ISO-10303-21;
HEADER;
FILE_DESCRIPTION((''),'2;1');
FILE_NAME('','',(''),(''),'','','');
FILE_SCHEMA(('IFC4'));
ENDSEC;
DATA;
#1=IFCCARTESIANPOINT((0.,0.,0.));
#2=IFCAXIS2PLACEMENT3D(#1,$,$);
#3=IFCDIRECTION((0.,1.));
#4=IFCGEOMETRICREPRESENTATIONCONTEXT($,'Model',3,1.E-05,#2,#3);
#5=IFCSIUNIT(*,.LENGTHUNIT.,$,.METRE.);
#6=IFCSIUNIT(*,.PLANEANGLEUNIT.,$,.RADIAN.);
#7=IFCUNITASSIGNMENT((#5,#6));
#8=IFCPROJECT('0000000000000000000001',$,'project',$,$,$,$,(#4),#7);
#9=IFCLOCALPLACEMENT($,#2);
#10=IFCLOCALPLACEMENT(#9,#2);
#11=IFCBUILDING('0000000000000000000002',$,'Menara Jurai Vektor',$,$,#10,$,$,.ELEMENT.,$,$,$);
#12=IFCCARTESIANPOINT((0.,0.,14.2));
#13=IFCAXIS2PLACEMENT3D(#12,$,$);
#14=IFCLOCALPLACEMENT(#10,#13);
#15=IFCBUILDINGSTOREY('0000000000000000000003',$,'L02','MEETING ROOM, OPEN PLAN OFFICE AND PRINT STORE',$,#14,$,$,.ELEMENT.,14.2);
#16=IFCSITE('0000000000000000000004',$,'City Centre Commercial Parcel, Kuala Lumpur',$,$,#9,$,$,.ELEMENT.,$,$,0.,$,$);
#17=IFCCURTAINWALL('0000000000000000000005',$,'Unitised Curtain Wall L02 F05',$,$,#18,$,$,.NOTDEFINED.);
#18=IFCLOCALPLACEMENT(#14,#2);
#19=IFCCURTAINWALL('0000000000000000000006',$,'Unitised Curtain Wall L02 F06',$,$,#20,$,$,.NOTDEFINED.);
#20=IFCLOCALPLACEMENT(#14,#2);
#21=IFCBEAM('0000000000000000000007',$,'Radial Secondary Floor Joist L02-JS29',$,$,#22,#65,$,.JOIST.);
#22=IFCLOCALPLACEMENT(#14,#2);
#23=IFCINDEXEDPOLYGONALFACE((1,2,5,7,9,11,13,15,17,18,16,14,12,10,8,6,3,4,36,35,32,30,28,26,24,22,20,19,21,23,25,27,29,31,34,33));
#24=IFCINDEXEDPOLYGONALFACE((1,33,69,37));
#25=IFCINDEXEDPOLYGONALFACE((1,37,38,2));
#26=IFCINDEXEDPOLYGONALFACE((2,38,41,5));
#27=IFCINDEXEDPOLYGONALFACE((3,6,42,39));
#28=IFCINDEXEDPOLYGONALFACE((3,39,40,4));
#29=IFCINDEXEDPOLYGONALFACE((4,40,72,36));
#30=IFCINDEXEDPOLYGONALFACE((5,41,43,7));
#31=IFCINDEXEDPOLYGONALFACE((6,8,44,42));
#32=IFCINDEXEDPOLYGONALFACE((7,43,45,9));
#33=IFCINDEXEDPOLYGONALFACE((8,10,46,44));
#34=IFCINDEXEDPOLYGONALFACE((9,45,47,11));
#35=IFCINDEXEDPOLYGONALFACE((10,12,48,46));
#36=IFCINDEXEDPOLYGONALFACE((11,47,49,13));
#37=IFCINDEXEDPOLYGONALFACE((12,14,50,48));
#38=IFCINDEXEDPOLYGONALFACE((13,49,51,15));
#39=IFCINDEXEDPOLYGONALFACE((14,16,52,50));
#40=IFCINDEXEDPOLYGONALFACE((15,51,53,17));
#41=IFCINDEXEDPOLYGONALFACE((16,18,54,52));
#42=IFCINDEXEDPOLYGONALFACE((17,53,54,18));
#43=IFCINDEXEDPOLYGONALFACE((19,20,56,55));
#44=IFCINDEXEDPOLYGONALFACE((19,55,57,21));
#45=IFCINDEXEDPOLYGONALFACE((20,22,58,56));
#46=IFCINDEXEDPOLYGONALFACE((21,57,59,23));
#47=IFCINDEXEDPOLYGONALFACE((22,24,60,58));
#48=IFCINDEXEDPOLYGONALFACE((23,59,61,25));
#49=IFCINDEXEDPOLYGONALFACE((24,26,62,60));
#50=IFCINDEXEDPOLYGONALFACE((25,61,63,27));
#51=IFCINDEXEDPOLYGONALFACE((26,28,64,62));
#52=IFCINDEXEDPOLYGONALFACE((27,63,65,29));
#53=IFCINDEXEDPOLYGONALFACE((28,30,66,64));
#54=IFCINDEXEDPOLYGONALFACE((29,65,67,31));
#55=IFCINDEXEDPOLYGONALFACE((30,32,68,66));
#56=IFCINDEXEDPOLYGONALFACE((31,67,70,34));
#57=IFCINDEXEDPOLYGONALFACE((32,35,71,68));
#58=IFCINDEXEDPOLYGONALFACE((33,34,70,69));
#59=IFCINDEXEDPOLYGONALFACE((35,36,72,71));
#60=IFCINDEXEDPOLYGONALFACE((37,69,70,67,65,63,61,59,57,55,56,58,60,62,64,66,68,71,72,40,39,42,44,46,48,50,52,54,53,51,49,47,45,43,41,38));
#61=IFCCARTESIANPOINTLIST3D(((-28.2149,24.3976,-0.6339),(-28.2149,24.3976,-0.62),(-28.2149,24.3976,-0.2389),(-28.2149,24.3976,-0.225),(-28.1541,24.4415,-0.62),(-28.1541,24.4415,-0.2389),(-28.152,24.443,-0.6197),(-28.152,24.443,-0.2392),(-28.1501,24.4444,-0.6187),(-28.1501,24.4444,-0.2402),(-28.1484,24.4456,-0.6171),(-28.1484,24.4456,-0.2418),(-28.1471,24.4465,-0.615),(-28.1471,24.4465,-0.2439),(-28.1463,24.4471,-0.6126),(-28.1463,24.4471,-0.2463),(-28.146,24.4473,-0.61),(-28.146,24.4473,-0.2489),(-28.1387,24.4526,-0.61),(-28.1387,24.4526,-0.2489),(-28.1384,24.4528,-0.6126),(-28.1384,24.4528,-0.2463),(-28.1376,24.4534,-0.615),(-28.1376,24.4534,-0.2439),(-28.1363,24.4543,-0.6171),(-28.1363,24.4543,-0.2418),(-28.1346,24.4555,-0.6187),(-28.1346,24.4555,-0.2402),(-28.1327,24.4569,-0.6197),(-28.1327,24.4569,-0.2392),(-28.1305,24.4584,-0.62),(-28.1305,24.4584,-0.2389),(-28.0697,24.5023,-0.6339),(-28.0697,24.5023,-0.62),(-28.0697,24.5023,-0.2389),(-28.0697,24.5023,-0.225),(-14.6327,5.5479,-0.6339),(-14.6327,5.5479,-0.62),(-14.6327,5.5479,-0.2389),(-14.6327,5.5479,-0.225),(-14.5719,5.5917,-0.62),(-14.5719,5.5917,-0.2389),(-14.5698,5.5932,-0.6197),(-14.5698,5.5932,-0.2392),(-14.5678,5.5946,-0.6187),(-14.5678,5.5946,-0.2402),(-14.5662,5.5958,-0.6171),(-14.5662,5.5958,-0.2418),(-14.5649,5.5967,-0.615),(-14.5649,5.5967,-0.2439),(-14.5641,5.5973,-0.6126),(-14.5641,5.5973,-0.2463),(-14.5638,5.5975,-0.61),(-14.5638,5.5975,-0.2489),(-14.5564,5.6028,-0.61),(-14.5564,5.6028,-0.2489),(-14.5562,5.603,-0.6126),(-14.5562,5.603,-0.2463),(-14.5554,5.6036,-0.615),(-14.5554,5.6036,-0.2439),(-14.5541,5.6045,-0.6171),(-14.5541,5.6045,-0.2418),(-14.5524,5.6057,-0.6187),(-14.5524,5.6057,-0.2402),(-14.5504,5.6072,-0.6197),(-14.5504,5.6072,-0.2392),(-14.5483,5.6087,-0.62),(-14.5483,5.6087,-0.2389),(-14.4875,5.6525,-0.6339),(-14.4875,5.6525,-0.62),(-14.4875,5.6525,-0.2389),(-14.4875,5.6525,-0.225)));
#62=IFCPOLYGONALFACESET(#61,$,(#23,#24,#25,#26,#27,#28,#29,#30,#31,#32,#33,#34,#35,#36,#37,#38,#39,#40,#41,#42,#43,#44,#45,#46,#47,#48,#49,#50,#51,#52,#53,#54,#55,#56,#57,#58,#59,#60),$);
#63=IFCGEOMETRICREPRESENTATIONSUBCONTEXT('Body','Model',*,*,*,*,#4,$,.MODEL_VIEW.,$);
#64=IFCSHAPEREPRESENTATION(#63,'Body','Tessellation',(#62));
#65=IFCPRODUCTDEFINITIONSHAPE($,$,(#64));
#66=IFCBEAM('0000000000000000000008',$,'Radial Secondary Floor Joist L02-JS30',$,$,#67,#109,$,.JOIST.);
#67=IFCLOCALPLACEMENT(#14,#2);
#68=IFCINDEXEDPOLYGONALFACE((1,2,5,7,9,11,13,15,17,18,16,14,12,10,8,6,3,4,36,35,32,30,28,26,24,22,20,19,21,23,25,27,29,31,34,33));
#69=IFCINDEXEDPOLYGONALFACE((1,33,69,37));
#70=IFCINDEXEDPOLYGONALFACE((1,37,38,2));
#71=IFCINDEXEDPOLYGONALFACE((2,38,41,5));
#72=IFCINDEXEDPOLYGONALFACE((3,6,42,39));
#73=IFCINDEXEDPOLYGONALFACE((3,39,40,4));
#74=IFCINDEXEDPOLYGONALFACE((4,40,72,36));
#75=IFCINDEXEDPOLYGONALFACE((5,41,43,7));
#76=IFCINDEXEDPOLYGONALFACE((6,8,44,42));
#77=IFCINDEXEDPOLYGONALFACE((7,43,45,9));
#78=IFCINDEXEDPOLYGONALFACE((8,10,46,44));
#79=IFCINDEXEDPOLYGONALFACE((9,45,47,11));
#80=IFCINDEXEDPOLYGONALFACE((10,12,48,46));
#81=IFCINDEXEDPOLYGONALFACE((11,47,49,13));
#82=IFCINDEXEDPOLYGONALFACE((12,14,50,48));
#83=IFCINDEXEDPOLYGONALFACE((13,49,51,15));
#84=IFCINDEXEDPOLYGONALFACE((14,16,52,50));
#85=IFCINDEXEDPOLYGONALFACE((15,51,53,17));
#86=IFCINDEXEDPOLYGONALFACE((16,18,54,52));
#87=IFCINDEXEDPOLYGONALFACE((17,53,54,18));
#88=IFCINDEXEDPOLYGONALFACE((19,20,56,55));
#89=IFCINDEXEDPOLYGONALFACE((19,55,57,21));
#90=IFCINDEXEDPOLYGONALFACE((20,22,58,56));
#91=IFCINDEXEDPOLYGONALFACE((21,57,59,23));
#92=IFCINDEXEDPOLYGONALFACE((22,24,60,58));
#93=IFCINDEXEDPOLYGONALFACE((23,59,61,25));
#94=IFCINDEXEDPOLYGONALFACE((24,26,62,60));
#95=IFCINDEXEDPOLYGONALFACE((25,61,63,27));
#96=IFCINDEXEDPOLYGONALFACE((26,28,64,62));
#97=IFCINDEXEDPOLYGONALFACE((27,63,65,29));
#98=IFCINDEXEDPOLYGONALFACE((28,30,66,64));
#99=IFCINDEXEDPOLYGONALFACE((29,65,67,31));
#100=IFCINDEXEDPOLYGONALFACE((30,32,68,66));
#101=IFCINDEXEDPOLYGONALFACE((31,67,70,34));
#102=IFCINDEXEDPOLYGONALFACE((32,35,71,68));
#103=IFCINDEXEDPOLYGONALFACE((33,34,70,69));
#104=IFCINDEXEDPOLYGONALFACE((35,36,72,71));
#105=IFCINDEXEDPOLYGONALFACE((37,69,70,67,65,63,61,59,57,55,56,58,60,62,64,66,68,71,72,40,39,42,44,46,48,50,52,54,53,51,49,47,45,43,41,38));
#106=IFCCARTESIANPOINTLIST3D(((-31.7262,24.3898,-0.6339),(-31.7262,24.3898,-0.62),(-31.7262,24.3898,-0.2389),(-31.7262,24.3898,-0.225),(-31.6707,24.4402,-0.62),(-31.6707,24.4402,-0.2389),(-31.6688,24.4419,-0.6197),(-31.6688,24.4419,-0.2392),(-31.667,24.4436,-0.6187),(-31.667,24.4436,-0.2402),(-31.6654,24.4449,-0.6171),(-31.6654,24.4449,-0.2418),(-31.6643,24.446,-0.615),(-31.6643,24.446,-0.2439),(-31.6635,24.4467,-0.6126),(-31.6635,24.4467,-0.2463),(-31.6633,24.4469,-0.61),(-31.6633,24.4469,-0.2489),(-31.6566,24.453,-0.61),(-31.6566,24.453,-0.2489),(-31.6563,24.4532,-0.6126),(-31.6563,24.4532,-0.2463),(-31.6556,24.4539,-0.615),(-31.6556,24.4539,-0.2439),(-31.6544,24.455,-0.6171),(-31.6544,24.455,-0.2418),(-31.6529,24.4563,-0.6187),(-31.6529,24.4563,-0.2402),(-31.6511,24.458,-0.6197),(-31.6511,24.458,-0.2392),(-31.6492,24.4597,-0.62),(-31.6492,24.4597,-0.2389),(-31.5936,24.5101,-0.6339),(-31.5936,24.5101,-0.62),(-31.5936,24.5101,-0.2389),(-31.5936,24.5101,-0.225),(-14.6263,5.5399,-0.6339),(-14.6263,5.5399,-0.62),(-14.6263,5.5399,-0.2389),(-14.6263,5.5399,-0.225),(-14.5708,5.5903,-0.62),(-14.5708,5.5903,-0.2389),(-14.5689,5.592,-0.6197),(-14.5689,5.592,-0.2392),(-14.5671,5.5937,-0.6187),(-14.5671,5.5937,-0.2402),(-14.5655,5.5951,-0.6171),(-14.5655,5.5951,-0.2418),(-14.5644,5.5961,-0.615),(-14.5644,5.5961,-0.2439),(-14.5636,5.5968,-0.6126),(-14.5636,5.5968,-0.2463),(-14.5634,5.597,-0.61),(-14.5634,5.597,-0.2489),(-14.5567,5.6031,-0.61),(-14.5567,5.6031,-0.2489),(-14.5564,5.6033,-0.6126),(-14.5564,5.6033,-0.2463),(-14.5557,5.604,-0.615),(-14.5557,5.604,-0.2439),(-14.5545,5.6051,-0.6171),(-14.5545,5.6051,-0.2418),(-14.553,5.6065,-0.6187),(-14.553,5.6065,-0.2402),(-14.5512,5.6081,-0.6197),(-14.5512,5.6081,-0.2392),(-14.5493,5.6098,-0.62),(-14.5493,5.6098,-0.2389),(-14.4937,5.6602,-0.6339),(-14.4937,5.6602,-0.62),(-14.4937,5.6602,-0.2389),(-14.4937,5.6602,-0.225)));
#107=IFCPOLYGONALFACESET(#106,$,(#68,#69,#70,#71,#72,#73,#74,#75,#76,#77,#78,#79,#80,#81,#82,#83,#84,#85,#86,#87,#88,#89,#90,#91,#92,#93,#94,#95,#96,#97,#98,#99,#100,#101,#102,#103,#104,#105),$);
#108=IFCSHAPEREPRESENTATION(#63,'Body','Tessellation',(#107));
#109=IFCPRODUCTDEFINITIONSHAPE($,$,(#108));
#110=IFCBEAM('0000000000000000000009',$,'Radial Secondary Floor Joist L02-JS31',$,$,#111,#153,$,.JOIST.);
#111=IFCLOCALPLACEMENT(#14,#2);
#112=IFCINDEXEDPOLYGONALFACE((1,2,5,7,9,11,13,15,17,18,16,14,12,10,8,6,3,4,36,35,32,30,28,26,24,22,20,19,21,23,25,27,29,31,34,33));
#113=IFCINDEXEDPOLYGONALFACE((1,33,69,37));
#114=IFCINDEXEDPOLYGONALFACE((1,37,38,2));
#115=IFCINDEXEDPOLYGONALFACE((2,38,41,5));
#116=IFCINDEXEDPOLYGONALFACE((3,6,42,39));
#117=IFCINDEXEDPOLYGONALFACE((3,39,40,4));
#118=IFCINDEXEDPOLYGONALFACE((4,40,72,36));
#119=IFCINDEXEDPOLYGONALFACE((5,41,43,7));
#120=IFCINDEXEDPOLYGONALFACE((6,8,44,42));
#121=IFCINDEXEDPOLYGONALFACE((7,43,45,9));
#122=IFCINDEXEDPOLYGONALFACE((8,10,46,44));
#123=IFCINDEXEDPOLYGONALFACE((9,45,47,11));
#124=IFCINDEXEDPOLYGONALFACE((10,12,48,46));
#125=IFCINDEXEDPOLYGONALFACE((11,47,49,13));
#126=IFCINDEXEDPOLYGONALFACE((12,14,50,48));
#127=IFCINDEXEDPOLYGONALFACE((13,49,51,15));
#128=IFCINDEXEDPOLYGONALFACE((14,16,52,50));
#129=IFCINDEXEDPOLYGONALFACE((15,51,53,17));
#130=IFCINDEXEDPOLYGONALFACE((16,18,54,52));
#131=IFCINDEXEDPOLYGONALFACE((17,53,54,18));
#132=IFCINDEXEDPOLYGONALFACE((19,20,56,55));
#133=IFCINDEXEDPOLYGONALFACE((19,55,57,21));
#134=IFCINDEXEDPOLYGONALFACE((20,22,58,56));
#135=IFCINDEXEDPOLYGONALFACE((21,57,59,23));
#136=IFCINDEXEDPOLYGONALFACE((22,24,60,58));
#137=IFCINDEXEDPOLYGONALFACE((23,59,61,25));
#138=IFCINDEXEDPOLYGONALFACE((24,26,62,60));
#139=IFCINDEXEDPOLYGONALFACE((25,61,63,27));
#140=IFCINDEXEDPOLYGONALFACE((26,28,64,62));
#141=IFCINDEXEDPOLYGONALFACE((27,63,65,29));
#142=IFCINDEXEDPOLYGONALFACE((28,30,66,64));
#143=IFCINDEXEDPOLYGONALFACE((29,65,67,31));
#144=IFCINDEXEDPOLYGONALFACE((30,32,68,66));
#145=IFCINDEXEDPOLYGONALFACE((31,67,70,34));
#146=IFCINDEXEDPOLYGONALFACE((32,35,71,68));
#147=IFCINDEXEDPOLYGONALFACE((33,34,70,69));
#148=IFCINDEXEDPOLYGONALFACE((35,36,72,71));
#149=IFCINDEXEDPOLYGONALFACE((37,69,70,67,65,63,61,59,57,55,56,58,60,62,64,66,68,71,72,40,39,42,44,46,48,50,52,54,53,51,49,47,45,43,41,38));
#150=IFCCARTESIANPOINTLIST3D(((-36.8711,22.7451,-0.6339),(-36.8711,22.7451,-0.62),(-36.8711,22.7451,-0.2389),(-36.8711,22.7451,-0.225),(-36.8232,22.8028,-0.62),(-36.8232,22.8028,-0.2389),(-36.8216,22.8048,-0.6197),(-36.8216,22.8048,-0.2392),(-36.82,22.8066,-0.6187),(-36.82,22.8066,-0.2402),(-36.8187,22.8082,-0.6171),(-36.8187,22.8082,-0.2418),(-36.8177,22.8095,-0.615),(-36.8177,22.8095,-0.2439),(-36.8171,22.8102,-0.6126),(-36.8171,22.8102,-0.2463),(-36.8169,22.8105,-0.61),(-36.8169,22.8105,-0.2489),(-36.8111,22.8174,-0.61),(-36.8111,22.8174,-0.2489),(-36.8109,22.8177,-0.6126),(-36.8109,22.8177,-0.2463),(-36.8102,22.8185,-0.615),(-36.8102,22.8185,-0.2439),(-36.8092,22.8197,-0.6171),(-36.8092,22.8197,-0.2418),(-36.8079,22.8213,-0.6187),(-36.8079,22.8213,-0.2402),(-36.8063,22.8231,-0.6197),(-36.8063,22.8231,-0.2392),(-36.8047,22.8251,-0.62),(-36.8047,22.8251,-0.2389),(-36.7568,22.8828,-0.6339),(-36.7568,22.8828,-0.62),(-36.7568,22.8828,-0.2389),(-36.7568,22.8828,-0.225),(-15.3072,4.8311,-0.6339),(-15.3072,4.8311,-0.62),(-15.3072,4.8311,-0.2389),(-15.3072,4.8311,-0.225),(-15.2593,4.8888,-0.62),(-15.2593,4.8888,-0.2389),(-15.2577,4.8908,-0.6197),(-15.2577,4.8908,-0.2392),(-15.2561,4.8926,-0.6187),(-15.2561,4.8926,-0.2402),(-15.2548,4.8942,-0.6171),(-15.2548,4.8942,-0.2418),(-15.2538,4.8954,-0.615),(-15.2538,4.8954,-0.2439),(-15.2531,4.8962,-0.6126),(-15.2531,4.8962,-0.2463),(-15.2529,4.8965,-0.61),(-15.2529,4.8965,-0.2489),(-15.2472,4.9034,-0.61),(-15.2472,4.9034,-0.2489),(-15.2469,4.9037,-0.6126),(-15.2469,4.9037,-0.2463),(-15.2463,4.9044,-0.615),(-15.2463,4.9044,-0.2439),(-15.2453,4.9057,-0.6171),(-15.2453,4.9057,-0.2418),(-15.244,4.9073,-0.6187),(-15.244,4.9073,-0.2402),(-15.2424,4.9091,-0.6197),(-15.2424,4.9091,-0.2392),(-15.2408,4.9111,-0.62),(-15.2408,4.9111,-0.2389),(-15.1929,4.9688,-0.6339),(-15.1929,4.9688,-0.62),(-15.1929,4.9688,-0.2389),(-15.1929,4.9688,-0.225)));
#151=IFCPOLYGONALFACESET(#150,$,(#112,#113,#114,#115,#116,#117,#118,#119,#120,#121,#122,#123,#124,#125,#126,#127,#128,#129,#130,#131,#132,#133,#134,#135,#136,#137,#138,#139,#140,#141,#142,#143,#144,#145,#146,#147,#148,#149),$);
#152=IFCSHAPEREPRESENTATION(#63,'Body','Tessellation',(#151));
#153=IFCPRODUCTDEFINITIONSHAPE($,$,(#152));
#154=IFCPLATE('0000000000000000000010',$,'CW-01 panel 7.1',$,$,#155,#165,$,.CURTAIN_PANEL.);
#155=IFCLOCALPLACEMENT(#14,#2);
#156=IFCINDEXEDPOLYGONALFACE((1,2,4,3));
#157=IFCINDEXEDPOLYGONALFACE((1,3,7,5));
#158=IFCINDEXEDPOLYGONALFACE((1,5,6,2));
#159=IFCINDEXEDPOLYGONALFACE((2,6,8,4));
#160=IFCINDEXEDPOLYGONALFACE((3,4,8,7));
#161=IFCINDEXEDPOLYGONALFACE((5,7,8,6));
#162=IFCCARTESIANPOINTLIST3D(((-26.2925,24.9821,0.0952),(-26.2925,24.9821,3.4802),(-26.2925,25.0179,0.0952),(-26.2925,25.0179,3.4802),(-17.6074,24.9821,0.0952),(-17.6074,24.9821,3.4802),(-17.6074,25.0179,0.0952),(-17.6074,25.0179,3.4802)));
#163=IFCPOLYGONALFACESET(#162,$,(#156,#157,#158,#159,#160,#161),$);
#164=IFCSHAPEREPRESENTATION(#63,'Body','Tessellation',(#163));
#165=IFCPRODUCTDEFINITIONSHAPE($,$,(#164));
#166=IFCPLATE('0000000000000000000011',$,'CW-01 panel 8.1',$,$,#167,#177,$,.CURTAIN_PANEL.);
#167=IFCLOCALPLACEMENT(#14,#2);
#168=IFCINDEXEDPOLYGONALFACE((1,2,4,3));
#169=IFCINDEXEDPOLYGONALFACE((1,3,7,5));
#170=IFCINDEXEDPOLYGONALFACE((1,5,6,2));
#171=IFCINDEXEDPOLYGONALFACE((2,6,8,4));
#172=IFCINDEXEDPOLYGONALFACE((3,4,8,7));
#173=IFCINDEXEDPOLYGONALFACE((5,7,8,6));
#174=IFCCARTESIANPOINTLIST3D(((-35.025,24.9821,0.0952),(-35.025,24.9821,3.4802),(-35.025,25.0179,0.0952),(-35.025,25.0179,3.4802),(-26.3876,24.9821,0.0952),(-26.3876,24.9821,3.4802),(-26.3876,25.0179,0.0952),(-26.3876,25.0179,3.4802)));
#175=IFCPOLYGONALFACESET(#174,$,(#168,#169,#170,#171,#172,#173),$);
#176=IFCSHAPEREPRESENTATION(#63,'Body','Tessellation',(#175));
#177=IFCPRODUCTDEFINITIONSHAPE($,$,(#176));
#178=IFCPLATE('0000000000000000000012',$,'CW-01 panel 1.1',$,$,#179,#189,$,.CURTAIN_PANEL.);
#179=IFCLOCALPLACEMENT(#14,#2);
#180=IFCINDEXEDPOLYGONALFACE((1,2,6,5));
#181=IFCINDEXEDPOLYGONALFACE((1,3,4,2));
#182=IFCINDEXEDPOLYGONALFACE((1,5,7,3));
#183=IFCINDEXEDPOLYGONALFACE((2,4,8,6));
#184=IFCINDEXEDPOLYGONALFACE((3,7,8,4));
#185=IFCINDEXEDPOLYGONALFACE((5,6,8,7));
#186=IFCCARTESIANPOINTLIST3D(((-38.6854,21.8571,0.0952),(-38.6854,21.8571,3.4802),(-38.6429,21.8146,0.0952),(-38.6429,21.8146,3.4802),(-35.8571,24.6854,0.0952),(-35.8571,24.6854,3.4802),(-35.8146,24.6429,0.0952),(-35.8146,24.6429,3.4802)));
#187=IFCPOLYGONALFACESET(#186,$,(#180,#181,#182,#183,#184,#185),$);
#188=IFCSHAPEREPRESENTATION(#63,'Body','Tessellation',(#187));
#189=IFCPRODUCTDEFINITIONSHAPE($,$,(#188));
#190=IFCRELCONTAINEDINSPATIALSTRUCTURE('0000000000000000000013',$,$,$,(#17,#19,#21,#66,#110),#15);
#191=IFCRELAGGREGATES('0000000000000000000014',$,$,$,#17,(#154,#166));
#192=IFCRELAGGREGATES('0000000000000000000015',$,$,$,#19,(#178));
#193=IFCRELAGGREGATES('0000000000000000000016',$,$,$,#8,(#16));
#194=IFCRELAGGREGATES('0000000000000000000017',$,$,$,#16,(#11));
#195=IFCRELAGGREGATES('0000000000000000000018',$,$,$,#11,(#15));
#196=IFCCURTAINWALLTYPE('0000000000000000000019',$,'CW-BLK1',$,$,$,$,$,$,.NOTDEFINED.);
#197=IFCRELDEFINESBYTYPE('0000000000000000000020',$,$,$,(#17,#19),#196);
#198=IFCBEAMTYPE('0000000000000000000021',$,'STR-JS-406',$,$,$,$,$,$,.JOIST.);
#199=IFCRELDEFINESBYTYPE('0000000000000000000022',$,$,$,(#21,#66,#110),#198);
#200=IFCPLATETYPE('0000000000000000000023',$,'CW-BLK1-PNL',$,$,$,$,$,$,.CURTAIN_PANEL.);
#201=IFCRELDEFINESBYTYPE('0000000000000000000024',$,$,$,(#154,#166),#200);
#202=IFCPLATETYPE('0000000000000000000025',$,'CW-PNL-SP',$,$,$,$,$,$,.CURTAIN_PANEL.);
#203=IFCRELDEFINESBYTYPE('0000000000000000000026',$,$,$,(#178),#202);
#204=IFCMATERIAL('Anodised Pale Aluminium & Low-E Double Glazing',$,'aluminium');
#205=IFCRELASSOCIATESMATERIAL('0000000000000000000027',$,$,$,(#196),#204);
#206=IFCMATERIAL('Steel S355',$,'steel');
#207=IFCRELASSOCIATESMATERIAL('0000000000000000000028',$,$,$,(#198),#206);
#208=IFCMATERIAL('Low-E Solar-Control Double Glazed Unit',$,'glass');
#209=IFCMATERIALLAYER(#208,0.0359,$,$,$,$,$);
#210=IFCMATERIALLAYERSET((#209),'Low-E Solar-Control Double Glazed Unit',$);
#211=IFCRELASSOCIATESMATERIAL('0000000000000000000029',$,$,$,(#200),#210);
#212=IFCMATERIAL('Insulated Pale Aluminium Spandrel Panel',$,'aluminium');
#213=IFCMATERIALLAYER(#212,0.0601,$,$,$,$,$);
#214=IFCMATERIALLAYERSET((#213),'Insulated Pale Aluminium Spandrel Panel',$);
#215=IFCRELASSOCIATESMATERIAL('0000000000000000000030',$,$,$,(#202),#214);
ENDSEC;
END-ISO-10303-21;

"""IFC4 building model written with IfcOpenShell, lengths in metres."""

from ifc_helpers import new_model, si_unit, direction, frame, origin, origin_2d, place, context, subcontext, project, spatial, rectangle, i_section, extrude, material, layer, layer_set, material_profile, profile_set, type_object, element, aggregate, save


model = new_model("IFC4")

# Units and contexts
model_context = context("Model", 3, precision=1e-05, world=origin(), true_north=direction((0.0, 1.0)))
body_context = subcontext(model_context, "Body", "Model", "MODEL_VIEW")
ifc_project = project(units=[si_unit("LENGTHUNIT", "METRE"), si_unit("PLANEANGLEUNIT", "RADIAN")], contexts=[model_context])

# Site, building, storey
site_placement = place(None, origin())
site = spatial("IfcSite", under=ifc_project, at=site_placement, Name="City Centre Commercial Parcel, Kuala Lumpur", CompositionType="ELEMENT", RefElevation=0.0)
building_placement = place(site_placement, origin())
building = spatial("IfcBuilding", under=site, at=building_placement, Name="Menara Jurai Vektor", CompositionType="ELEMENT")
storey_placement = place(building_placement, frame((0.0, 0.0, 14.2)))
storey = spatial("IfcBuildingStorey", under=building, at=storey_placement, Name="L02", Description="MEETING ROOM, OPEN PLAN OFFICE AND PRINT STORE", CompositionType="ELEMENT", Elevation=14.2)

# Curtain walls
ifc_material_1 = material(Name="Anodised Pale Aluminium & Low-E Double Glazing", Category="aluminium")
curtain_wall_type = type_object("IfcCurtainWallType", Name="CW-BLK1", PredefinedType="NOTDEFINED", material=ifc_material_1)
curtain_wall_1_placement = place(storey_placement, origin())
curtain_wall_1 = element("IfcCurtainWall", 1, at=curtain_wall_1_placement, inside=storey, type_object=curtain_wall_type, Name="Unitised Curtain Wall L02 F05", PredefinedType="NOTDEFINED")
curtain_wall_2_placement = place(storey_placement, origin())
curtain_wall_2 = element("IfcCurtainWall", 2, at=curtain_wall_2_placement, inside=storey, type_object=curtain_wall_type, Name="Unitised Curtain Wall L02 F06", PredefinedType="NOTDEFINED")

# Shared definitions
ifc_material_2 = material(Name="Steel S355", Category="steel")

# Beams
ifc_material_profile_1 = material_profile(ifc_material_2, i_section(OverallWidth=0.179, OverallDepth=0.4089, WebThickness=0.009, FlangeThickness=0.0139, FilletRadius=0.01, at=origin_2d()), Name="UKB 406x178x67")
ifc_profile_set_1 = profile_set([ifc_material_profile_1], Name="Steel S355")
beam_type_1 = type_object("IfcBeamType", Name="STR-JS-406", PredefinedType="JOIST", material=ifc_profile_set_1)
beam_1_placement = place(storey_placement, frame((-28.1423, 24.45, -0.4294), z_axis=(0.584599, -0.811322, 0.0), x_axis=(0.811322, 0.584599, 0.0)))
element("IfcBeam", 3, at=beam_1_placement, inside=storey, type_object=beam_type_1, Name="Radial Secondary Floor Joist L02-JS29", PredefinedType="JOIST", context=body_context, shape_type="SweptSolid", body=[
    extrude(i_section(OverallWidth=0.179, OverallDepth=0.4089, WebThickness=0.009, FlangeThickness=0.0139, FilletRadius=0.01, at=origin_2d()), origin(), (0.0, 0.0, 1.0), 23.2334),
])
beam_2_placement = place(storey_placement, frame((-31.6599, 24.45, -0.4294), z_axis=(0.67189, -0.740651, 0.0), x_axis=(0.740651, 0.67189, 0.0)))
element("IfcBeam", 4, at=beam_2_placement, inside=storey, type_object=beam_type_1, Name="Radial Secondary Floor Joist L02-JS30", PredefinedType="JOIST", context=body_context, shape_type="SweptSolid", body=[
    extrude(i_section(OverallWidth=0.179, OverallDepth=0.4089, WebThickness=0.009, FlangeThickness=0.0139, FilletRadius=0.01, at=origin_2d()), origin(), (0.0, 0.0, 1.0), 25.4504),
])
beam_3_placement = place(storey_placement, frame((-36.814, 22.814, -0.4294), z_axis=(0.769201, -0.639007, 0.0), x_axis=(0.639007, 0.769201, 0.0)))
element("IfcBeam", 5, at=beam_3_placement, inside=storey, type_object=beam_type_1, Name="Radial Secondary Floor Joist L02-JS31", PredefinedType="JOIST", context=body_context, shape_type="SweptSolid", body=[
    extrude(i_section(OverallWidth=0.179, OverallDepth=0.4089, WebThickness=0.009, FlangeThickness=0.0139, FilletRadius=0.01, at=origin_2d()), origin(), (0.0, 0.0, 1.0), 28.0342),
])

# Plates
ifc_material_3 = material(Name="Low-E Solar-Control Double Glazed Unit", Category="glass")
ifc_layer_1 = layer(ifc_material_3, 0.0359)
ifc_layer_set_1 = layer_set([ifc_layer_1], Name="Low-E Solar-Control Double Glazed Unit")
plate_type_1 = type_object("IfcPlateType", Name="CW-BLK1-PNL", PredefinedType="CURTAIN_PANEL", material=ifc_layer_set_1)
plate_1_placement = place(storey_placement, frame((-21.95, 25.0, 0.0952), z_axis=(0.0, 0.0, 1.0), x_axis=(-1.0, 0.0, 0.0)))
plate_1 = element("IfcPlate", 6, at=plate_1_placement, type_object=plate_type_1, Name="CW-01 panel 7.1", PredefinedType="CURTAIN_PANEL", context=body_context, shape_type="SweptSolid", body=[
    extrude(rectangle(XDim=8.6851, YDim=0.0359, at=origin_2d()), origin(), (0.0, 0.0, 1.0), 3.385),
])
plate_2_placement = place(storey_placement, frame((-30.7063, 25.0, 0.0952), z_axis=(0.0, 0.0, 1.0), x_axis=(-1.0, 0.0, 0.0)))
plate_2 = element("IfcPlate", 7, at=plate_2_placement, type_object=plate_type_1, Name="CW-01 panel 8.1", PredefinedType="CURTAIN_PANEL", context=body_context, shape_type="SweptSolid", body=[
    extrude(rectangle(XDim=8.6375, YDim=0.0359, at=origin_2d()), origin(), (0.0, 0.0, 1.0), 3.385),
])
aggregate(curtain_wall_1, [plate_1, plate_2])
ifc_material_4 = material(Name="Insulated Pale Aluminium Spandrel Panel", Category="aluminium")
ifc_layer_2 = layer(ifc_material_4, 0.0601)
ifc_layer_set_2 = layer_set([ifc_layer_2], Name="Insulated Pale Aluminium Spandrel Panel")
plate_type_2 = type_object("IfcPlateType", Name="CW-PNL-SP", PredefinedType="CURTAIN_PANEL", material=ifc_layer_set_2)
plate_3_placement = place(storey_placement, frame((-37.25, 23.25, 0.0952), z_axis=(0.0, 0.0, 1.0), x_axis=(-0.707107, -0.707107, 0.0)))
plate_3 = element("IfcPlate", 8, at=plate_3_placement, type_object=plate_type_2, Name="CW-01 panel 1.1", PredefinedType="CURTAIN_PANEL", context=body_context, shape_type="SweptSolid", body=[
    extrude(rectangle(XDim=3.9998, YDim=0.0601, at=origin_2d()), origin(), (0.0, 0.0, 1.0), 3.385),
])
aggregate(curtain_wall_2, [plate_3])

save(model, "model.ifc")
